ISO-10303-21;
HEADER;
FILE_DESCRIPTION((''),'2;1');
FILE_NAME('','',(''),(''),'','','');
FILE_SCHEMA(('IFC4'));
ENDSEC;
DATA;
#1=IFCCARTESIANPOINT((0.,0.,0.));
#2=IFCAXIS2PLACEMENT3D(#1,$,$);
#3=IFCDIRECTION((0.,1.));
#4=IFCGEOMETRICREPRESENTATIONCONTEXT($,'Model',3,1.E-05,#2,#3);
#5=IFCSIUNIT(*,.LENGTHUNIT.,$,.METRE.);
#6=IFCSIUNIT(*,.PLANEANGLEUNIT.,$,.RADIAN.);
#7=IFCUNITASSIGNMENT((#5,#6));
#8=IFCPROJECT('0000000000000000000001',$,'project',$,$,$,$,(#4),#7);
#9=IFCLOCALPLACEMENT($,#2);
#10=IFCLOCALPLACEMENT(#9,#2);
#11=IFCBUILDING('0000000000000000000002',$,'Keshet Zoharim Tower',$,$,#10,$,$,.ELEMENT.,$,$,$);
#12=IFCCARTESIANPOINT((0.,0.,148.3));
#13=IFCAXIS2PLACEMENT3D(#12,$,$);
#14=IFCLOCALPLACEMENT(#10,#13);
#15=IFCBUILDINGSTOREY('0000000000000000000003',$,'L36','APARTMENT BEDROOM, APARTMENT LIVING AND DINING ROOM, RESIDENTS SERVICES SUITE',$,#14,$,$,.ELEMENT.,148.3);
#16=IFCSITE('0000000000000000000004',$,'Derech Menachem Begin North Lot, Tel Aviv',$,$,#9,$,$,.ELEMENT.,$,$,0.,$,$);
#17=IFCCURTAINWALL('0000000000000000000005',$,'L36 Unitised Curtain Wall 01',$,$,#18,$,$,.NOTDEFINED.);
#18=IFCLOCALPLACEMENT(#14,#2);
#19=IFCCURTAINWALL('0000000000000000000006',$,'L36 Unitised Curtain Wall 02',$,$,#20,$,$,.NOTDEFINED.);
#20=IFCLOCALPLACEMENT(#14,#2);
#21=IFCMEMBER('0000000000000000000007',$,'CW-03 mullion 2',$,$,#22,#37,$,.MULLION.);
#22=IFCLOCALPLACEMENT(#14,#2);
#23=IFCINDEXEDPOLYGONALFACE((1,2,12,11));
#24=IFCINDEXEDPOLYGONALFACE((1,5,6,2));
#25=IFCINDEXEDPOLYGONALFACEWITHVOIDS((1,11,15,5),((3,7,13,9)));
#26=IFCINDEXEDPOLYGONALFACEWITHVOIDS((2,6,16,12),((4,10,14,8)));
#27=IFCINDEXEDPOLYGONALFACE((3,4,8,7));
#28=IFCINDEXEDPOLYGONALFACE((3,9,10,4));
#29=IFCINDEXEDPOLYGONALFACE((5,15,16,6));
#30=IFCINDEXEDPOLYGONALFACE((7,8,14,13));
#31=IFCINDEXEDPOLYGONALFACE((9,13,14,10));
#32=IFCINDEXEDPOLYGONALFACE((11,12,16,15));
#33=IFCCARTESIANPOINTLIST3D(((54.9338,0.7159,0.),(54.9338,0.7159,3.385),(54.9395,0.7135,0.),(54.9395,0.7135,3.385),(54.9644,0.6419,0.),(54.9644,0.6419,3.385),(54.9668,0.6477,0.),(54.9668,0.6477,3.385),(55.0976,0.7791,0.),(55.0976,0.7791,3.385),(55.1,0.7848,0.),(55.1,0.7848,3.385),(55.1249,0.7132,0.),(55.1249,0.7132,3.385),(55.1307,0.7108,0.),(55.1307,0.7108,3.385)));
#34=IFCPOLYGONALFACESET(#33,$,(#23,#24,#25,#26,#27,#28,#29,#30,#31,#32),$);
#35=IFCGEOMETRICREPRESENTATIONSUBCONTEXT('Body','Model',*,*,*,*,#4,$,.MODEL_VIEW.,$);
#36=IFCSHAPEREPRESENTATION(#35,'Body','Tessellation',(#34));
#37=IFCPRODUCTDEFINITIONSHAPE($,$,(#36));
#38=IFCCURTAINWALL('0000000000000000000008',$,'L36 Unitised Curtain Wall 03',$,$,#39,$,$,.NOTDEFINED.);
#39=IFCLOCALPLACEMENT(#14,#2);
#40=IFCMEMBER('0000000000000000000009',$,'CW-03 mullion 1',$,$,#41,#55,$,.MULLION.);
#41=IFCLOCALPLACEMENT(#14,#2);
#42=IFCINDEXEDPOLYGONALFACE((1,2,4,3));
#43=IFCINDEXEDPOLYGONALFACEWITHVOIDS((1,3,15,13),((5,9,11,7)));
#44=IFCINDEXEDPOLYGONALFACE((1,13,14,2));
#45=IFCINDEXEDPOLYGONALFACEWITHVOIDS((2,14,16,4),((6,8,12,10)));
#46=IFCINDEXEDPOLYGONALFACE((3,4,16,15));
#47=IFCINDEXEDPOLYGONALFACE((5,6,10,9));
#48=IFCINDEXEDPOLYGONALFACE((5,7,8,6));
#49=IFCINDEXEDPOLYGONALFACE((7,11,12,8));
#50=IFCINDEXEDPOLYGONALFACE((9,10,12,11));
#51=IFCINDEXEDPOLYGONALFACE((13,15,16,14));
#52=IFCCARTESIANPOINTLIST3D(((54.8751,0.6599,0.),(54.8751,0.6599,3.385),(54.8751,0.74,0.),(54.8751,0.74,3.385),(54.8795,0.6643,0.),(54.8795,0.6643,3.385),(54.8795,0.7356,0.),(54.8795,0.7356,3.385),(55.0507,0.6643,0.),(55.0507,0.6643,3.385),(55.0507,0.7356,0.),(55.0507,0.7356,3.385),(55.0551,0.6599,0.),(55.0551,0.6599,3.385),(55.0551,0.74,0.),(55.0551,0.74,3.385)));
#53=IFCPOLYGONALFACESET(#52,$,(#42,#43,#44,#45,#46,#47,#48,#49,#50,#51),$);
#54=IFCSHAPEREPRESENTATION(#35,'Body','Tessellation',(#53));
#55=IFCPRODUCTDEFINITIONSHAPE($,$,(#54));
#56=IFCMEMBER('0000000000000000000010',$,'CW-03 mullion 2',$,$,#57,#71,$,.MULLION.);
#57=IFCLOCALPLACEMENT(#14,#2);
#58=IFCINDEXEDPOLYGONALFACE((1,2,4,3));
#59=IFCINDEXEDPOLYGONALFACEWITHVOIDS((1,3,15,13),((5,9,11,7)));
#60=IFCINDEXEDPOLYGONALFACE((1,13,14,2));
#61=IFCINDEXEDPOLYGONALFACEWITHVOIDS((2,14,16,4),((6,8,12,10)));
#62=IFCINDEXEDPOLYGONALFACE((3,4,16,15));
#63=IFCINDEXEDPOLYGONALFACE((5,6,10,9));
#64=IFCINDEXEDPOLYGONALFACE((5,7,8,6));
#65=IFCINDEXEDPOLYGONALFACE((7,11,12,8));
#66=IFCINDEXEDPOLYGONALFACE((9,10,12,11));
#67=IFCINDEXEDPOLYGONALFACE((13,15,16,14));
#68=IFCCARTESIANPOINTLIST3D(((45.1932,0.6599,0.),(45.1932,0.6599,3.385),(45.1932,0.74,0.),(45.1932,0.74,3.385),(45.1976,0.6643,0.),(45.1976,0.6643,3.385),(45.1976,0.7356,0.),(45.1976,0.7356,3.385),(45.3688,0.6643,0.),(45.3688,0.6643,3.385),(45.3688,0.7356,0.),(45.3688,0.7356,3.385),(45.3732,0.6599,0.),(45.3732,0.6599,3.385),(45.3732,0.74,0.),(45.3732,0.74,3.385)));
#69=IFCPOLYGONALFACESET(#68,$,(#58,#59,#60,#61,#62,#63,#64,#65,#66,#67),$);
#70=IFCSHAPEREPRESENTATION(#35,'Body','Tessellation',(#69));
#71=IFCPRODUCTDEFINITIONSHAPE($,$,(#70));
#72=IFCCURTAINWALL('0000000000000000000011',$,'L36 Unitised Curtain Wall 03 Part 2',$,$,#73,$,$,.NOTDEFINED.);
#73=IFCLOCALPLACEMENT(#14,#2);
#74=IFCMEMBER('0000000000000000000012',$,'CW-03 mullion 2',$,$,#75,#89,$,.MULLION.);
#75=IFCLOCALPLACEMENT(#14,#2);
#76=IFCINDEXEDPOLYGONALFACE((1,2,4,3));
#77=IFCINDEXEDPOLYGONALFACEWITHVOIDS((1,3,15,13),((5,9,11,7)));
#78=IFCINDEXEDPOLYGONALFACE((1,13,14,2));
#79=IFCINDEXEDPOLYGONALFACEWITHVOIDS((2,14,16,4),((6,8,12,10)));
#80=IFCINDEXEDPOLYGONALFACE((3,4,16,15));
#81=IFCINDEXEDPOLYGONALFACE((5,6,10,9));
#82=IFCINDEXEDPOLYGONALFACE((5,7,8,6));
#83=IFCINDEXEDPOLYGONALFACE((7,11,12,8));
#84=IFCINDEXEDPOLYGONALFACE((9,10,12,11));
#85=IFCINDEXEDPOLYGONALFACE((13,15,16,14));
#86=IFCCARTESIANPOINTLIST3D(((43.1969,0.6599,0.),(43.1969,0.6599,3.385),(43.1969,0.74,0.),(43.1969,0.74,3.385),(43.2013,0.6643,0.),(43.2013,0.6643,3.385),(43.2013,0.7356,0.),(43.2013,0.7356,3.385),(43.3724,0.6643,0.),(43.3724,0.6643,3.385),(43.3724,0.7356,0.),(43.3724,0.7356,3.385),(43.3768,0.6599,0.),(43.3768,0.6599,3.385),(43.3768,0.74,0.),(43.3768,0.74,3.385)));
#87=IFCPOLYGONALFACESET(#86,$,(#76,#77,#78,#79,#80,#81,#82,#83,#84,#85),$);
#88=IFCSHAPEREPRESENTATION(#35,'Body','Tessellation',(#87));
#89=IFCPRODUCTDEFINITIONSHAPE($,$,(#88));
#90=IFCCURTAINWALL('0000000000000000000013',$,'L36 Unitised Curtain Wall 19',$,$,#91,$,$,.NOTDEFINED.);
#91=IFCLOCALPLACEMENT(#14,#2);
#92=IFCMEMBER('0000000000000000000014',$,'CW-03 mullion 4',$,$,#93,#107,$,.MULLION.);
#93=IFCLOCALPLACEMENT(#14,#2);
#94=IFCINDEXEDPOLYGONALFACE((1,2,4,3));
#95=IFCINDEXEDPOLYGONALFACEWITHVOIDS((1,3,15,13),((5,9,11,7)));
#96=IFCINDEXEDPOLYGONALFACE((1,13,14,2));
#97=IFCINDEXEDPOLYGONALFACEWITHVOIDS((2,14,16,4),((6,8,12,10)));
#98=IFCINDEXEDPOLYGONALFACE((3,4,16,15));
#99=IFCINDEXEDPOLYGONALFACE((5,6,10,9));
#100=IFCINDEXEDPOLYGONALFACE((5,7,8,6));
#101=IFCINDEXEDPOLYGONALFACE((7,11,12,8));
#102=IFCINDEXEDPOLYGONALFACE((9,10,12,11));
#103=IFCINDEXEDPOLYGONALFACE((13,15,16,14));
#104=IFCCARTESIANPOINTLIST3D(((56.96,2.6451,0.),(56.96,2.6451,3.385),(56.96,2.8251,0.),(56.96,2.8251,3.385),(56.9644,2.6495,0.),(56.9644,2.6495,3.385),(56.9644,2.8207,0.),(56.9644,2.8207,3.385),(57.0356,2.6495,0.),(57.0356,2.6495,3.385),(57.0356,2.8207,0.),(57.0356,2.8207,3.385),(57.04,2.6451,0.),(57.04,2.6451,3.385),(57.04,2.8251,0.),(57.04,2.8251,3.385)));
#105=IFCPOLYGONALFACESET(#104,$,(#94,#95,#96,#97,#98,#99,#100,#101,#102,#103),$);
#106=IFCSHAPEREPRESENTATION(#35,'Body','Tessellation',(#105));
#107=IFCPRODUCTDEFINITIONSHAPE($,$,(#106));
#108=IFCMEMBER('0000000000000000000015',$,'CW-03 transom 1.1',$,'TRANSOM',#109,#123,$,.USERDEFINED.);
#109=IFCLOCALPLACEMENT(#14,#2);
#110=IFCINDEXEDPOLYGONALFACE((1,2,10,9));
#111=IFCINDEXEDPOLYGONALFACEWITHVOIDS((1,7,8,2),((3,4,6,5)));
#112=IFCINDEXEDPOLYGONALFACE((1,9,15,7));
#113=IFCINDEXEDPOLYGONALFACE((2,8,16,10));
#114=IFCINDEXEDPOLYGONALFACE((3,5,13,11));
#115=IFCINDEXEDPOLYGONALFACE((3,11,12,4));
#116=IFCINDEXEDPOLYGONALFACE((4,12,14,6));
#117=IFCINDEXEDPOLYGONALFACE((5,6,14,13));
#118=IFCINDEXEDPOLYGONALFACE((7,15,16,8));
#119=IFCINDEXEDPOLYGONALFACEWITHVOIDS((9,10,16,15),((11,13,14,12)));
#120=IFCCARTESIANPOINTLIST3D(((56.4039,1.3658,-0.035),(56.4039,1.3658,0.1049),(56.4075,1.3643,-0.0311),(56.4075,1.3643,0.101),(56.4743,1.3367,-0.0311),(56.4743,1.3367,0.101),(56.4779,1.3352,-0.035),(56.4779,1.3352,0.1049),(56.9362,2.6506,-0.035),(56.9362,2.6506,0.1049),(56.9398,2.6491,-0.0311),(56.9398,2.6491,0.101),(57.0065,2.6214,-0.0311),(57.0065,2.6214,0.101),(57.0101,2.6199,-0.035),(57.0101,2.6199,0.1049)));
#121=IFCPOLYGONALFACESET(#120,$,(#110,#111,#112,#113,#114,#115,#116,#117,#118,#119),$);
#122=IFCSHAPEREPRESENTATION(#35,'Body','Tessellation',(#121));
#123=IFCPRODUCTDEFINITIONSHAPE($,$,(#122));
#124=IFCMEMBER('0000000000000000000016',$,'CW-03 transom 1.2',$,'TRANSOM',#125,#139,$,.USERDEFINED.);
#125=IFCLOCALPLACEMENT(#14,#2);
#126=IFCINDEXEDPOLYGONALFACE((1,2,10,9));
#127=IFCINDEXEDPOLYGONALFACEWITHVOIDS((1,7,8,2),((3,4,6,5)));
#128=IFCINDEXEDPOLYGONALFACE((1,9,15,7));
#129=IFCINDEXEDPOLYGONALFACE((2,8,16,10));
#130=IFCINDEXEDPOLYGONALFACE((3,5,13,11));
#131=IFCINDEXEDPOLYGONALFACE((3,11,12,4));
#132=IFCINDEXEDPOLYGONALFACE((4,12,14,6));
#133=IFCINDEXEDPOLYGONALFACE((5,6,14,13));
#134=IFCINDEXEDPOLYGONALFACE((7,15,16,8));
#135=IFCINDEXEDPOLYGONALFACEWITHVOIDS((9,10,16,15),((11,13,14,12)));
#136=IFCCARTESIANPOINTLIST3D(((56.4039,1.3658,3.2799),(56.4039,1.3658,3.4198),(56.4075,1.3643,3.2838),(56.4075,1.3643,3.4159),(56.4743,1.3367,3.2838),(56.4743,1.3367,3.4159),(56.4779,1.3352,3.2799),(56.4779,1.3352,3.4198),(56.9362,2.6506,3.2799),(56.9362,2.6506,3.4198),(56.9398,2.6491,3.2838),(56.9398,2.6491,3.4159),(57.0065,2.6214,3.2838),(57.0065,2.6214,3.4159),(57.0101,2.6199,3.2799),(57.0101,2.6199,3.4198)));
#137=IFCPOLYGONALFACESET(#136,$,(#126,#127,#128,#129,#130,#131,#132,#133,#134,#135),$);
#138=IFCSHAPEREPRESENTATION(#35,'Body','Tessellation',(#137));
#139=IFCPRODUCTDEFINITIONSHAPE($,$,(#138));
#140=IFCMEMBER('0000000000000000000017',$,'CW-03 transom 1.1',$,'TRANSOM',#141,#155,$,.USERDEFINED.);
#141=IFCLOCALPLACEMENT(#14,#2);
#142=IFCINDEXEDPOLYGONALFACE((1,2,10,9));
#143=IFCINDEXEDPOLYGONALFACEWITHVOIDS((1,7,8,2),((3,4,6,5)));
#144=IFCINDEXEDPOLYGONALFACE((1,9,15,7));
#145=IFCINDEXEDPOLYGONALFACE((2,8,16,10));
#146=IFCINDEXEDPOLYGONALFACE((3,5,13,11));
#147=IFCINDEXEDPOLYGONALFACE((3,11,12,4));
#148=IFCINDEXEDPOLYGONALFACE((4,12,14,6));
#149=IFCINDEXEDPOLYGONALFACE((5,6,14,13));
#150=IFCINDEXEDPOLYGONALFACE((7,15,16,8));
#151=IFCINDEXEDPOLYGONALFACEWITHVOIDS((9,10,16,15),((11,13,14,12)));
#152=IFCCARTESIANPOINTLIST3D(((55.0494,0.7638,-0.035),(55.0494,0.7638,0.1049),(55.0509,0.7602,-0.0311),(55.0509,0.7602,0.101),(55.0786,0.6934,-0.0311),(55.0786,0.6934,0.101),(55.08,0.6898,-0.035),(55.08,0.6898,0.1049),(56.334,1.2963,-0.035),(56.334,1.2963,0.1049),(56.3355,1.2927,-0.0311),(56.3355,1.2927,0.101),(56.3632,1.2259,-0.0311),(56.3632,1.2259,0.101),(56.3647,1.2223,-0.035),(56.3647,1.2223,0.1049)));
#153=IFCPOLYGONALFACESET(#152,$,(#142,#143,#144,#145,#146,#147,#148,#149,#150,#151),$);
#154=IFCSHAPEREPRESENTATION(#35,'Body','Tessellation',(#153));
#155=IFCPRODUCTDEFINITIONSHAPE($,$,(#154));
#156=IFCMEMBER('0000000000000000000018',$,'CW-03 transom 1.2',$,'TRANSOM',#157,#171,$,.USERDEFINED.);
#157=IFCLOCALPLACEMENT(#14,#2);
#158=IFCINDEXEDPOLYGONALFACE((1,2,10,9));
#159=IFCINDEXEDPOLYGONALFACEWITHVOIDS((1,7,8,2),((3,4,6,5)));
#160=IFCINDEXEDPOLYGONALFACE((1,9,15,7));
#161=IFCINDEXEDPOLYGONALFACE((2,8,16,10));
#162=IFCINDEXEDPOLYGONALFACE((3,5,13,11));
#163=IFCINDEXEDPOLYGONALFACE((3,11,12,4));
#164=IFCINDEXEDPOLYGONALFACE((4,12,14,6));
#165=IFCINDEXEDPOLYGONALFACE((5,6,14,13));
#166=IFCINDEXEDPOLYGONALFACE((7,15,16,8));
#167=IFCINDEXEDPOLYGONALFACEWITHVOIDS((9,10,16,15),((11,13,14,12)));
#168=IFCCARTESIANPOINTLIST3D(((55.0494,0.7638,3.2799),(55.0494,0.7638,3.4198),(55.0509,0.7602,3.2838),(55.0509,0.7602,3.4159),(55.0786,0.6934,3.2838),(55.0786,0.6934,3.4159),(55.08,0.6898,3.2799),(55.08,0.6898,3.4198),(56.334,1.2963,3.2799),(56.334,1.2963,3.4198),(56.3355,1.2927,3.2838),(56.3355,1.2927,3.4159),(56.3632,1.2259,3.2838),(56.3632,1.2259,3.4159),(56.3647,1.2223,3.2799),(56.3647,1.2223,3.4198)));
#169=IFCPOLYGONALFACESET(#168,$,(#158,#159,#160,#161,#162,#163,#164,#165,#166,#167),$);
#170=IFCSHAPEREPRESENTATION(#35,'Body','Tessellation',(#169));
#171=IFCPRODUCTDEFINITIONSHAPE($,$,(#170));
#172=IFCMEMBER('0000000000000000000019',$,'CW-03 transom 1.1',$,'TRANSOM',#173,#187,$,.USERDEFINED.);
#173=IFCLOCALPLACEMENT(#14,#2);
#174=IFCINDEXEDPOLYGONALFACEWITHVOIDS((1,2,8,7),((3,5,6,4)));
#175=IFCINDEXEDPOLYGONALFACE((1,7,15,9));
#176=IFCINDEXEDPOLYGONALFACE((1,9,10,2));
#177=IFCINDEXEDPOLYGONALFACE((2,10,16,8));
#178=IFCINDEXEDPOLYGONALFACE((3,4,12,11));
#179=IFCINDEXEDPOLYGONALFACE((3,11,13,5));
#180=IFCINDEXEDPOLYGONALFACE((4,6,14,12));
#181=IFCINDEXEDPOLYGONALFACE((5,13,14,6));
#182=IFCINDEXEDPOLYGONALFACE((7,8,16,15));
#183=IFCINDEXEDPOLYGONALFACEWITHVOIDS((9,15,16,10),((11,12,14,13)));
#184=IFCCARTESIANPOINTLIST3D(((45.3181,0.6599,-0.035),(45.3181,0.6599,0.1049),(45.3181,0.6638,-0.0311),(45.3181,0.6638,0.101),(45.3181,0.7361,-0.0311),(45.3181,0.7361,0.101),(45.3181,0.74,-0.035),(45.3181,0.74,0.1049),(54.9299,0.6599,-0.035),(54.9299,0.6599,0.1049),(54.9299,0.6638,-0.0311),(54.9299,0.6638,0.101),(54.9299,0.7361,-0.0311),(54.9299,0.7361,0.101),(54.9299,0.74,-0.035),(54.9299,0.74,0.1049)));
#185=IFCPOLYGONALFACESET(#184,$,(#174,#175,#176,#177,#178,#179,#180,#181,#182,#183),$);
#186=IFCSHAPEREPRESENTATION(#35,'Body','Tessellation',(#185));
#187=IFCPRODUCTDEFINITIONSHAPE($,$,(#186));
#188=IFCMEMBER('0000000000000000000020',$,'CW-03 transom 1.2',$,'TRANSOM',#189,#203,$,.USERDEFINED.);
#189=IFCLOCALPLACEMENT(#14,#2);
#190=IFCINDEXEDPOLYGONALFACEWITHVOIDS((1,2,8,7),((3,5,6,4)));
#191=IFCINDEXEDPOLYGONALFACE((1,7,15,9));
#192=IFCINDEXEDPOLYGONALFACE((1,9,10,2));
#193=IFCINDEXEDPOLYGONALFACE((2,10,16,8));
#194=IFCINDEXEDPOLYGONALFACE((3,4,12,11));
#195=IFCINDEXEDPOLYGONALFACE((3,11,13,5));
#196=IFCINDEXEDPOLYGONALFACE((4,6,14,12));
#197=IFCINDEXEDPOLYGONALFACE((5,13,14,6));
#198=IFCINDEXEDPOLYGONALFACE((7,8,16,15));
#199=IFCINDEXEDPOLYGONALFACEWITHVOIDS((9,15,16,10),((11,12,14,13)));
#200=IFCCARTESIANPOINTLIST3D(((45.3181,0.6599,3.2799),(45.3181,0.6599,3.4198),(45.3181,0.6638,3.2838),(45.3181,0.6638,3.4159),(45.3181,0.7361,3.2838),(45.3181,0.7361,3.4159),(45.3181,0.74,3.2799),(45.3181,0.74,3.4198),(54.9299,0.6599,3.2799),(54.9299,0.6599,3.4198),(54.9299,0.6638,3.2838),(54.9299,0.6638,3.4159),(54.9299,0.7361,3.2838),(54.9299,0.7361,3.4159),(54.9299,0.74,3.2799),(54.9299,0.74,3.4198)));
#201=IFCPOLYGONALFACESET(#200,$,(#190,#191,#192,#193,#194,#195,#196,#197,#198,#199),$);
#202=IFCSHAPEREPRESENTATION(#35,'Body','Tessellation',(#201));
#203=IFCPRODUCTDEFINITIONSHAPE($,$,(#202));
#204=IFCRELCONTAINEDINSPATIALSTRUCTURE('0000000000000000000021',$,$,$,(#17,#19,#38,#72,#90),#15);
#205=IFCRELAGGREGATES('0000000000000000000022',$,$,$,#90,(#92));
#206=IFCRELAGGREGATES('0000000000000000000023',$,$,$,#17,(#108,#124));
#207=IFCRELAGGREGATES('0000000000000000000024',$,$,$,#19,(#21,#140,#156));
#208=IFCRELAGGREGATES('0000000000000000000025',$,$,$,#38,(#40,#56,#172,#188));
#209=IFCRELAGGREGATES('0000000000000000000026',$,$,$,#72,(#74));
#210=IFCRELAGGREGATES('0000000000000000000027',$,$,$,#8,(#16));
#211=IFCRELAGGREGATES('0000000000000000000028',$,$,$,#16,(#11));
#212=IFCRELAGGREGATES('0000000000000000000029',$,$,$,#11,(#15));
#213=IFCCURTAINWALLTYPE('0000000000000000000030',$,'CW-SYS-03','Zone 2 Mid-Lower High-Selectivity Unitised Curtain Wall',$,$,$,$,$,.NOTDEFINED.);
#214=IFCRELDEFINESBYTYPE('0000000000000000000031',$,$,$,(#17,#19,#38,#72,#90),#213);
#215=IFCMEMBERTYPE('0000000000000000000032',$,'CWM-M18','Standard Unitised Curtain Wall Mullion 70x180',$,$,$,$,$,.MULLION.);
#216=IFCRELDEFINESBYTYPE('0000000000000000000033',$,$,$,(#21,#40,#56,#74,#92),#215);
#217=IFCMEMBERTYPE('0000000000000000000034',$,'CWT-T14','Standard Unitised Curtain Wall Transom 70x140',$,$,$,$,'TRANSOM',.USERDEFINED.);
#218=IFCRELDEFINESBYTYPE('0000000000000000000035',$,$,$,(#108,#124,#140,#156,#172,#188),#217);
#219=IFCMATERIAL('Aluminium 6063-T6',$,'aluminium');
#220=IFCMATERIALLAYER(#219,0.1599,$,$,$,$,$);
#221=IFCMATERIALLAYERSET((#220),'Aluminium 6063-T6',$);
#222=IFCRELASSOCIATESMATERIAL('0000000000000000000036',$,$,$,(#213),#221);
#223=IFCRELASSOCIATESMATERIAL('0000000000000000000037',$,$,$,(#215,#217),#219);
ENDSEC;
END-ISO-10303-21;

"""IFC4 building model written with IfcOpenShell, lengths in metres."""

from ifc_helpers import new_model, si_unit, direction, frame, origin, origin_2d, place, context, subcontext, project, spatial, hollow_rectangle, extrude, material, layer, layer_set, material_profile, profile_set, type_object, element, aggregate, save


model = new_model("IFC4")

# Units and contexts
model_context = context("Model", 3, precision=1e-05, world=origin(), true_north=direction((0.0, 1.0)))
body_context = subcontext(model_context, "Body", "Model", "MODEL_VIEW")
ifc_project = project(units=[si_unit("LENGTHUNIT", "METRE"), si_unit("PLANEANGLEUNIT", "RADIAN")], contexts=[model_context])

# Site, building, storey
site_placement = place(None, origin())
site = spatial("IfcSite", under=ifc_project, at=site_placement, Name="Derech Menachem Begin North Lot, Tel Aviv", CompositionType="ELEMENT", RefElevation=0.0)
building_placement = place(site_placement, origin())
building = spatial("IfcBuilding", under=site, at=building_placement, Name="Keshet Zoharim Tower", CompositionType="ELEMENT")
storey_placement = place(building_placement, frame((0.0, 0.0, 148.3)))
storey = spatial("IfcBuildingStorey", under=building, at=storey_placement, Name="L36", Description="APARTMENT BEDROOM, APARTMENT LIVING AND DINING ROOM, RESIDENTS SERVICES SUITE", CompositionType="ELEMENT", Elevation=148.3)

# Curtain walls, members
ifc_material_1 = material(Name="Aluminium 6063-T6", Category="aluminium")
ifc_layer_1 = layer(ifc_material_1, 0.1599)
ifc_layer_set_1 = layer_set([ifc_layer_1], Name="Aluminium 6063-T6")
curtain_wall_type = type_object("IfcCurtainWallType", Name="CW-SYS-03", Description="Zone 2 Mid-Lower High-Selectivity Unitised Curtain Wall", PredefinedType="NOTDEFINED", material=ifc_layer_set_1)
curtain_wall_1_placement = place(storey_placement, origin())
curtain_wall_1 = element("IfcCurtainWall", 1, at=curtain_wall_1_placement, inside=storey, type_object=curtain_wall_type, Name="L36 Unitised Curtain Wall 01", PredefinedType="NOTDEFINED")
ifc_material_profile_1 = material_profile(ifc_material_1, hollow_rectangle(XDim=0.0801, YDim=0.1799, WallThickness=0.0044, at=origin_2d()), Name="MUL-80x180")
ifc_profile_set_1 = profile_set([ifc_material_profile_1], Name="Aluminium 6063-T6")
member_type_1 = type_object("IfcMemberType", Name="CWM-M18", Description="Standard Unitised Curtain Wall Mullion 70x180", PredefinedType="MULLION", material=ifc_profile_set_1)
curtain_wall_2_placement = place(storey_placement, origin())
curtain_wall_2 = element("IfcCurtainWall", 2, at=curtain_wall_2_placement, inside=storey, type_object=curtain_wall_type, Name="L36 Unitised Curtain Wall 02", PredefinedType="NOTDEFINED")
member_1_placement = place(storey_placement, frame((55.0322, 0.7134, 0.0), z_axis=(0.0, 0.0, 1.0), x_axis=(0.382852, -0.92381, 0.0)))
member_1 = element("IfcMember", 3, at=member_1_placement, type_object=member_type_1, Name="CW-03 mullion 2", PredefinedType="MULLION", context=body_context, shape_type="SweptSolid", body=[
    extrude(hollow_rectangle(XDim=0.0801, YDim=0.1799, WallThickness=0.0044, at=origin_2d()), origin(), (0.0, 0.0, 1.0), 3.385),
])
curtain_wall_3_placement = place(storey_placement, origin())
curtain_wall_3 = element("IfcCurtainWall", 4, at=curtain_wall_3_placement, inside=storey, type_object=curtain_wall_type, Name="L36 Unitised Curtain Wall 03", PredefinedType="NOTDEFINED")
member_2_placement = place(storey_placement, frame((54.9651, 0.7, 0.0), z_axis=(0.0, 0.0, 1.0), x_axis=(0.0, -1.0, 0.0)))
member_2 = element("IfcMember", 5, at=member_2_placement, type_object=member_type_1, Name="CW-03 mullion 1", PredefinedType="MULLION", context=body_context, shape_type="SweptSolid", body=[
    extrude(hollow_rectangle(XDim=0.0801, YDim=0.1799, WallThickness=0.0044, at=origin_2d()), origin(), (0.0, 0.0, 1.0), 3.385),
])
member_3_placement = place(storey_placement, frame((45.2832, 0.7, 0.0), z_axis=(0.0, 0.0, 1.0), x_axis=(0.0, -1.0, 0.0)))
member_3 = element("IfcMember", 6, at=member_3_placement, type_object=member_type_1, Name="CW-03 mullion 2", PredefinedType="MULLION", context=body_context, shape_type="SweptSolid", body=[
    extrude(hollow_rectangle(XDim=0.0801, YDim=0.1799, WallThickness=0.0044, at=origin_2d()), origin(), (0.0, 0.0, 1.0), 3.385),
])

# Curtain walls, members
curtain_wall_4_placement = place(storey_placement, origin())
curtain_wall_4 = element("IfcCurtainWall", 7, at=curtain_wall_4_placement, inside=storey, type_object=curtain_wall_type, Name="L36 Unitised Curtain Wall 03 Part 2", PredefinedType="NOTDEFINED")
member_4_placement = place(storey_placement, frame((43.2869, 0.7, 0.0), z_axis=(0.0, 0.0, 1.0), x_axis=(0.0, -1.0, 0.0)))
member_4 = element("IfcMember", 8, at=member_4_placement, type_object=member_type_1, Name="CW-03 mullion 2", PredefinedType="MULLION", context=body_context, shape_type="SweptSolid", body=[
    extrude(hollow_rectangle(XDim=0.0801, YDim=0.1799, WallThickness=0.0044, at=origin_2d()), origin(), (0.0, 0.0, 1.0), 3.385),
])
curtain_wall_5_placement = place(storey_placement, origin())
curtain_wall_5 = element("IfcCurtainWall", 9, at=curtain_wall_5_placement, inside=storey, type_object=curtain_wall_type, Name="L36 Unitised Curtain Wall 19", PredefinedType="NOTDEFINED")
member_5_placement = place(storey_placement, frame((57.0, 2.7351, 0.0), z_axis=(0.0, 0.0, 1.0), x_axis=(1.0, 0.0, 0.0)))
member_5 = element("IfcMember", 10, at=member_5_placement, type_object=member_type_1, Name="CW-03 mullion 4", PredefinedType="MULLION", context=body_context, shape_type="SweptSolid", body=[
    extrude(hollow_rectangle(XDim=0.0801, YDim=0.1799, WallThickness=0.0044, at=origin_2d()), origin(), (0.0, 0.0, 1.0), 3.385),
])
aggregate(curtain_wall_5, [member_5])

# Members
ifc_material_profile_2 = material_profile(ifc_material_1, hollow_rectangle(XDim=0.0801, YDim=0.1399, WallThickness=0.0039, at=origin_2d()), Name="TRN-80x140")
ifc_profile_set_2 = profile_set([ifc_material_profile_2], Name="Aluminium 6063-T6")
member_type_2 = type_object("IfcMemberType", Name="CWT-T14", Description="Standard Unitised Curtain Wall Transom 70x140", ElementType="TRANSOM", PredefinedType="USERDEFINED", material=ifc_profile_set_2)
member_6_placement = place(storey_placement, frame((56.9731, 2.6353, 0.0349), z_axis=(-0.382745, -0.923854, 0.0), x_axis=(0.923854, -0.382745, 0.0)))
member_6 = element("IfcMember", 11, at=member_6_placement, type_object=member_type_2, Name="CW-03 transom 1.1", ObjectType="TRANSOM", PredefinedType="USERDEFINED", context=body_context, shape_type="SweptSolid", body=[
    extrude(hollow_rectangle(XDim=0.0801, YDim=0.1399, WallThickness=0.0039, at=origin_2d()), origin(), (0.0, 0.0, 1.0), 1.3906),
])
member_7_placement = place(storey_placement, frame((56.9731, 2.6353, 3.3499), z_axis=(-0.382745, -0.923854, 0.0), x_axis=(0.923854, -0.382745, 0.0)))
member_7 = element("IfcMember", 12, at=member_7_placement, type_object=member_type_2, Name="CW-03 transom 1.2", ObjectType="TRANSOM", PredefinedType="USERDEFINED", context=body_context, shape_type="SweptSolid", body=[
    extrude(hollow_rectangle(XDim=0.0801, YDim=0.1399, WallThickness=0.0039, at=origin_2d()), origin(), (0.0, 0.0, 1.0), 1.3906),
])
member_8_placement = place(storey_placement, frame((56.3494, 1.2593, 0.0349), z_axis=(-0.923792, -0.382894, 0.0), x_axis=(0.382894, -0.923792, 0.0)))
member_8 = element("IfcMember", 13, at=member_8_placement, type_object=member_type_2, Name="CW-03 transom 1.1", ObjectType="TRANSOM", PredefinedType="USERDEFINED", context=body_context, shape_type="SweptSolid", body=[
    extrude(hollow_rectangle(XDim=0.0801, YDim=0.1399, WallThickness=0.0039, at=origin_2d()), origin(), (0.0, 0.0, 1.0), 1.3906),
])
member_9_placement = place(storey_placement, frame((56.3494, 1.2593, 3.3499), z_axis=(-0.923792, -0.382894, 0.0), x_axis=(0.382894, -0.923792, 0.0)))
member_9 = element("IfcMember", 14, at=member_9_placement, type_object=member_type_2, Name="CW-03 transom 1.2", ObjectType="TRANSOM", PredefinedType="USERDEFINED", context=body_context, shape_type="SweptSolid", body=[
    extrude(hollow_rectangle(XDim=0.0801, YDim=0.1399, WallThickness=0.0039, at=origin_2d()), origin(), (0.0, 0.0, 1.0), 1.3906),
])
member_10_placement = place(storey_placement, frame((54.9299, 0.7, 0.0349), z_axis=(-1.0, 0.0, 0.0), x_axis=(0.0, -1.0, 0.0)))
member_10 = element("IfcMember", 15, at=member_10_placement, type_object=member_type_2, Name="CW-03 transom 1.1", ObjectType="TRANSOM", PredefinedType="USERDEFINED", context=body_context, shape_type="SweptSolid", body=[
    extrude(hollow_rectangle(XDim=0.0801, YDim=0.1399, WallThickness=0.0039, at=origin_2d()), origin(), (0.0, 0.0, 1.0), 9.6118),
])
member_11_placement = place(storey_placement, frame((54.9299, 0.7, 3.3499), z_axis=(-1.0, 0.0, 0.0), x_axis=(0.0, -1.0, 0.0)))
member_11 = element("IfcMember", 16, at=member_11_placement, type_object=member_type_2, Name="CW-03 transom 1.2", ObjectType="TRANSOM", PredefinedType="USERDEFINED", context=body_context, shape_type="SweptSolid", body=[
    extrude(hollow_rectangle(XDim=0.0801, YDim=0.1399, WallThickness=0.0039, at=origin_2d()), origin(), (0.0, 0.0, 1.0), 9.6118),
])

aggregate(curtain_wall_1, [member_6, member_7])
aggregate(curtain_wall_2, [member_1, member_8, member_9])
aggregate(curtain_wall_3, [member_2, member_3, member_10, member_11])
aggregate(curtain_wall_4, [member_4])

save(model, "model.ifc")
